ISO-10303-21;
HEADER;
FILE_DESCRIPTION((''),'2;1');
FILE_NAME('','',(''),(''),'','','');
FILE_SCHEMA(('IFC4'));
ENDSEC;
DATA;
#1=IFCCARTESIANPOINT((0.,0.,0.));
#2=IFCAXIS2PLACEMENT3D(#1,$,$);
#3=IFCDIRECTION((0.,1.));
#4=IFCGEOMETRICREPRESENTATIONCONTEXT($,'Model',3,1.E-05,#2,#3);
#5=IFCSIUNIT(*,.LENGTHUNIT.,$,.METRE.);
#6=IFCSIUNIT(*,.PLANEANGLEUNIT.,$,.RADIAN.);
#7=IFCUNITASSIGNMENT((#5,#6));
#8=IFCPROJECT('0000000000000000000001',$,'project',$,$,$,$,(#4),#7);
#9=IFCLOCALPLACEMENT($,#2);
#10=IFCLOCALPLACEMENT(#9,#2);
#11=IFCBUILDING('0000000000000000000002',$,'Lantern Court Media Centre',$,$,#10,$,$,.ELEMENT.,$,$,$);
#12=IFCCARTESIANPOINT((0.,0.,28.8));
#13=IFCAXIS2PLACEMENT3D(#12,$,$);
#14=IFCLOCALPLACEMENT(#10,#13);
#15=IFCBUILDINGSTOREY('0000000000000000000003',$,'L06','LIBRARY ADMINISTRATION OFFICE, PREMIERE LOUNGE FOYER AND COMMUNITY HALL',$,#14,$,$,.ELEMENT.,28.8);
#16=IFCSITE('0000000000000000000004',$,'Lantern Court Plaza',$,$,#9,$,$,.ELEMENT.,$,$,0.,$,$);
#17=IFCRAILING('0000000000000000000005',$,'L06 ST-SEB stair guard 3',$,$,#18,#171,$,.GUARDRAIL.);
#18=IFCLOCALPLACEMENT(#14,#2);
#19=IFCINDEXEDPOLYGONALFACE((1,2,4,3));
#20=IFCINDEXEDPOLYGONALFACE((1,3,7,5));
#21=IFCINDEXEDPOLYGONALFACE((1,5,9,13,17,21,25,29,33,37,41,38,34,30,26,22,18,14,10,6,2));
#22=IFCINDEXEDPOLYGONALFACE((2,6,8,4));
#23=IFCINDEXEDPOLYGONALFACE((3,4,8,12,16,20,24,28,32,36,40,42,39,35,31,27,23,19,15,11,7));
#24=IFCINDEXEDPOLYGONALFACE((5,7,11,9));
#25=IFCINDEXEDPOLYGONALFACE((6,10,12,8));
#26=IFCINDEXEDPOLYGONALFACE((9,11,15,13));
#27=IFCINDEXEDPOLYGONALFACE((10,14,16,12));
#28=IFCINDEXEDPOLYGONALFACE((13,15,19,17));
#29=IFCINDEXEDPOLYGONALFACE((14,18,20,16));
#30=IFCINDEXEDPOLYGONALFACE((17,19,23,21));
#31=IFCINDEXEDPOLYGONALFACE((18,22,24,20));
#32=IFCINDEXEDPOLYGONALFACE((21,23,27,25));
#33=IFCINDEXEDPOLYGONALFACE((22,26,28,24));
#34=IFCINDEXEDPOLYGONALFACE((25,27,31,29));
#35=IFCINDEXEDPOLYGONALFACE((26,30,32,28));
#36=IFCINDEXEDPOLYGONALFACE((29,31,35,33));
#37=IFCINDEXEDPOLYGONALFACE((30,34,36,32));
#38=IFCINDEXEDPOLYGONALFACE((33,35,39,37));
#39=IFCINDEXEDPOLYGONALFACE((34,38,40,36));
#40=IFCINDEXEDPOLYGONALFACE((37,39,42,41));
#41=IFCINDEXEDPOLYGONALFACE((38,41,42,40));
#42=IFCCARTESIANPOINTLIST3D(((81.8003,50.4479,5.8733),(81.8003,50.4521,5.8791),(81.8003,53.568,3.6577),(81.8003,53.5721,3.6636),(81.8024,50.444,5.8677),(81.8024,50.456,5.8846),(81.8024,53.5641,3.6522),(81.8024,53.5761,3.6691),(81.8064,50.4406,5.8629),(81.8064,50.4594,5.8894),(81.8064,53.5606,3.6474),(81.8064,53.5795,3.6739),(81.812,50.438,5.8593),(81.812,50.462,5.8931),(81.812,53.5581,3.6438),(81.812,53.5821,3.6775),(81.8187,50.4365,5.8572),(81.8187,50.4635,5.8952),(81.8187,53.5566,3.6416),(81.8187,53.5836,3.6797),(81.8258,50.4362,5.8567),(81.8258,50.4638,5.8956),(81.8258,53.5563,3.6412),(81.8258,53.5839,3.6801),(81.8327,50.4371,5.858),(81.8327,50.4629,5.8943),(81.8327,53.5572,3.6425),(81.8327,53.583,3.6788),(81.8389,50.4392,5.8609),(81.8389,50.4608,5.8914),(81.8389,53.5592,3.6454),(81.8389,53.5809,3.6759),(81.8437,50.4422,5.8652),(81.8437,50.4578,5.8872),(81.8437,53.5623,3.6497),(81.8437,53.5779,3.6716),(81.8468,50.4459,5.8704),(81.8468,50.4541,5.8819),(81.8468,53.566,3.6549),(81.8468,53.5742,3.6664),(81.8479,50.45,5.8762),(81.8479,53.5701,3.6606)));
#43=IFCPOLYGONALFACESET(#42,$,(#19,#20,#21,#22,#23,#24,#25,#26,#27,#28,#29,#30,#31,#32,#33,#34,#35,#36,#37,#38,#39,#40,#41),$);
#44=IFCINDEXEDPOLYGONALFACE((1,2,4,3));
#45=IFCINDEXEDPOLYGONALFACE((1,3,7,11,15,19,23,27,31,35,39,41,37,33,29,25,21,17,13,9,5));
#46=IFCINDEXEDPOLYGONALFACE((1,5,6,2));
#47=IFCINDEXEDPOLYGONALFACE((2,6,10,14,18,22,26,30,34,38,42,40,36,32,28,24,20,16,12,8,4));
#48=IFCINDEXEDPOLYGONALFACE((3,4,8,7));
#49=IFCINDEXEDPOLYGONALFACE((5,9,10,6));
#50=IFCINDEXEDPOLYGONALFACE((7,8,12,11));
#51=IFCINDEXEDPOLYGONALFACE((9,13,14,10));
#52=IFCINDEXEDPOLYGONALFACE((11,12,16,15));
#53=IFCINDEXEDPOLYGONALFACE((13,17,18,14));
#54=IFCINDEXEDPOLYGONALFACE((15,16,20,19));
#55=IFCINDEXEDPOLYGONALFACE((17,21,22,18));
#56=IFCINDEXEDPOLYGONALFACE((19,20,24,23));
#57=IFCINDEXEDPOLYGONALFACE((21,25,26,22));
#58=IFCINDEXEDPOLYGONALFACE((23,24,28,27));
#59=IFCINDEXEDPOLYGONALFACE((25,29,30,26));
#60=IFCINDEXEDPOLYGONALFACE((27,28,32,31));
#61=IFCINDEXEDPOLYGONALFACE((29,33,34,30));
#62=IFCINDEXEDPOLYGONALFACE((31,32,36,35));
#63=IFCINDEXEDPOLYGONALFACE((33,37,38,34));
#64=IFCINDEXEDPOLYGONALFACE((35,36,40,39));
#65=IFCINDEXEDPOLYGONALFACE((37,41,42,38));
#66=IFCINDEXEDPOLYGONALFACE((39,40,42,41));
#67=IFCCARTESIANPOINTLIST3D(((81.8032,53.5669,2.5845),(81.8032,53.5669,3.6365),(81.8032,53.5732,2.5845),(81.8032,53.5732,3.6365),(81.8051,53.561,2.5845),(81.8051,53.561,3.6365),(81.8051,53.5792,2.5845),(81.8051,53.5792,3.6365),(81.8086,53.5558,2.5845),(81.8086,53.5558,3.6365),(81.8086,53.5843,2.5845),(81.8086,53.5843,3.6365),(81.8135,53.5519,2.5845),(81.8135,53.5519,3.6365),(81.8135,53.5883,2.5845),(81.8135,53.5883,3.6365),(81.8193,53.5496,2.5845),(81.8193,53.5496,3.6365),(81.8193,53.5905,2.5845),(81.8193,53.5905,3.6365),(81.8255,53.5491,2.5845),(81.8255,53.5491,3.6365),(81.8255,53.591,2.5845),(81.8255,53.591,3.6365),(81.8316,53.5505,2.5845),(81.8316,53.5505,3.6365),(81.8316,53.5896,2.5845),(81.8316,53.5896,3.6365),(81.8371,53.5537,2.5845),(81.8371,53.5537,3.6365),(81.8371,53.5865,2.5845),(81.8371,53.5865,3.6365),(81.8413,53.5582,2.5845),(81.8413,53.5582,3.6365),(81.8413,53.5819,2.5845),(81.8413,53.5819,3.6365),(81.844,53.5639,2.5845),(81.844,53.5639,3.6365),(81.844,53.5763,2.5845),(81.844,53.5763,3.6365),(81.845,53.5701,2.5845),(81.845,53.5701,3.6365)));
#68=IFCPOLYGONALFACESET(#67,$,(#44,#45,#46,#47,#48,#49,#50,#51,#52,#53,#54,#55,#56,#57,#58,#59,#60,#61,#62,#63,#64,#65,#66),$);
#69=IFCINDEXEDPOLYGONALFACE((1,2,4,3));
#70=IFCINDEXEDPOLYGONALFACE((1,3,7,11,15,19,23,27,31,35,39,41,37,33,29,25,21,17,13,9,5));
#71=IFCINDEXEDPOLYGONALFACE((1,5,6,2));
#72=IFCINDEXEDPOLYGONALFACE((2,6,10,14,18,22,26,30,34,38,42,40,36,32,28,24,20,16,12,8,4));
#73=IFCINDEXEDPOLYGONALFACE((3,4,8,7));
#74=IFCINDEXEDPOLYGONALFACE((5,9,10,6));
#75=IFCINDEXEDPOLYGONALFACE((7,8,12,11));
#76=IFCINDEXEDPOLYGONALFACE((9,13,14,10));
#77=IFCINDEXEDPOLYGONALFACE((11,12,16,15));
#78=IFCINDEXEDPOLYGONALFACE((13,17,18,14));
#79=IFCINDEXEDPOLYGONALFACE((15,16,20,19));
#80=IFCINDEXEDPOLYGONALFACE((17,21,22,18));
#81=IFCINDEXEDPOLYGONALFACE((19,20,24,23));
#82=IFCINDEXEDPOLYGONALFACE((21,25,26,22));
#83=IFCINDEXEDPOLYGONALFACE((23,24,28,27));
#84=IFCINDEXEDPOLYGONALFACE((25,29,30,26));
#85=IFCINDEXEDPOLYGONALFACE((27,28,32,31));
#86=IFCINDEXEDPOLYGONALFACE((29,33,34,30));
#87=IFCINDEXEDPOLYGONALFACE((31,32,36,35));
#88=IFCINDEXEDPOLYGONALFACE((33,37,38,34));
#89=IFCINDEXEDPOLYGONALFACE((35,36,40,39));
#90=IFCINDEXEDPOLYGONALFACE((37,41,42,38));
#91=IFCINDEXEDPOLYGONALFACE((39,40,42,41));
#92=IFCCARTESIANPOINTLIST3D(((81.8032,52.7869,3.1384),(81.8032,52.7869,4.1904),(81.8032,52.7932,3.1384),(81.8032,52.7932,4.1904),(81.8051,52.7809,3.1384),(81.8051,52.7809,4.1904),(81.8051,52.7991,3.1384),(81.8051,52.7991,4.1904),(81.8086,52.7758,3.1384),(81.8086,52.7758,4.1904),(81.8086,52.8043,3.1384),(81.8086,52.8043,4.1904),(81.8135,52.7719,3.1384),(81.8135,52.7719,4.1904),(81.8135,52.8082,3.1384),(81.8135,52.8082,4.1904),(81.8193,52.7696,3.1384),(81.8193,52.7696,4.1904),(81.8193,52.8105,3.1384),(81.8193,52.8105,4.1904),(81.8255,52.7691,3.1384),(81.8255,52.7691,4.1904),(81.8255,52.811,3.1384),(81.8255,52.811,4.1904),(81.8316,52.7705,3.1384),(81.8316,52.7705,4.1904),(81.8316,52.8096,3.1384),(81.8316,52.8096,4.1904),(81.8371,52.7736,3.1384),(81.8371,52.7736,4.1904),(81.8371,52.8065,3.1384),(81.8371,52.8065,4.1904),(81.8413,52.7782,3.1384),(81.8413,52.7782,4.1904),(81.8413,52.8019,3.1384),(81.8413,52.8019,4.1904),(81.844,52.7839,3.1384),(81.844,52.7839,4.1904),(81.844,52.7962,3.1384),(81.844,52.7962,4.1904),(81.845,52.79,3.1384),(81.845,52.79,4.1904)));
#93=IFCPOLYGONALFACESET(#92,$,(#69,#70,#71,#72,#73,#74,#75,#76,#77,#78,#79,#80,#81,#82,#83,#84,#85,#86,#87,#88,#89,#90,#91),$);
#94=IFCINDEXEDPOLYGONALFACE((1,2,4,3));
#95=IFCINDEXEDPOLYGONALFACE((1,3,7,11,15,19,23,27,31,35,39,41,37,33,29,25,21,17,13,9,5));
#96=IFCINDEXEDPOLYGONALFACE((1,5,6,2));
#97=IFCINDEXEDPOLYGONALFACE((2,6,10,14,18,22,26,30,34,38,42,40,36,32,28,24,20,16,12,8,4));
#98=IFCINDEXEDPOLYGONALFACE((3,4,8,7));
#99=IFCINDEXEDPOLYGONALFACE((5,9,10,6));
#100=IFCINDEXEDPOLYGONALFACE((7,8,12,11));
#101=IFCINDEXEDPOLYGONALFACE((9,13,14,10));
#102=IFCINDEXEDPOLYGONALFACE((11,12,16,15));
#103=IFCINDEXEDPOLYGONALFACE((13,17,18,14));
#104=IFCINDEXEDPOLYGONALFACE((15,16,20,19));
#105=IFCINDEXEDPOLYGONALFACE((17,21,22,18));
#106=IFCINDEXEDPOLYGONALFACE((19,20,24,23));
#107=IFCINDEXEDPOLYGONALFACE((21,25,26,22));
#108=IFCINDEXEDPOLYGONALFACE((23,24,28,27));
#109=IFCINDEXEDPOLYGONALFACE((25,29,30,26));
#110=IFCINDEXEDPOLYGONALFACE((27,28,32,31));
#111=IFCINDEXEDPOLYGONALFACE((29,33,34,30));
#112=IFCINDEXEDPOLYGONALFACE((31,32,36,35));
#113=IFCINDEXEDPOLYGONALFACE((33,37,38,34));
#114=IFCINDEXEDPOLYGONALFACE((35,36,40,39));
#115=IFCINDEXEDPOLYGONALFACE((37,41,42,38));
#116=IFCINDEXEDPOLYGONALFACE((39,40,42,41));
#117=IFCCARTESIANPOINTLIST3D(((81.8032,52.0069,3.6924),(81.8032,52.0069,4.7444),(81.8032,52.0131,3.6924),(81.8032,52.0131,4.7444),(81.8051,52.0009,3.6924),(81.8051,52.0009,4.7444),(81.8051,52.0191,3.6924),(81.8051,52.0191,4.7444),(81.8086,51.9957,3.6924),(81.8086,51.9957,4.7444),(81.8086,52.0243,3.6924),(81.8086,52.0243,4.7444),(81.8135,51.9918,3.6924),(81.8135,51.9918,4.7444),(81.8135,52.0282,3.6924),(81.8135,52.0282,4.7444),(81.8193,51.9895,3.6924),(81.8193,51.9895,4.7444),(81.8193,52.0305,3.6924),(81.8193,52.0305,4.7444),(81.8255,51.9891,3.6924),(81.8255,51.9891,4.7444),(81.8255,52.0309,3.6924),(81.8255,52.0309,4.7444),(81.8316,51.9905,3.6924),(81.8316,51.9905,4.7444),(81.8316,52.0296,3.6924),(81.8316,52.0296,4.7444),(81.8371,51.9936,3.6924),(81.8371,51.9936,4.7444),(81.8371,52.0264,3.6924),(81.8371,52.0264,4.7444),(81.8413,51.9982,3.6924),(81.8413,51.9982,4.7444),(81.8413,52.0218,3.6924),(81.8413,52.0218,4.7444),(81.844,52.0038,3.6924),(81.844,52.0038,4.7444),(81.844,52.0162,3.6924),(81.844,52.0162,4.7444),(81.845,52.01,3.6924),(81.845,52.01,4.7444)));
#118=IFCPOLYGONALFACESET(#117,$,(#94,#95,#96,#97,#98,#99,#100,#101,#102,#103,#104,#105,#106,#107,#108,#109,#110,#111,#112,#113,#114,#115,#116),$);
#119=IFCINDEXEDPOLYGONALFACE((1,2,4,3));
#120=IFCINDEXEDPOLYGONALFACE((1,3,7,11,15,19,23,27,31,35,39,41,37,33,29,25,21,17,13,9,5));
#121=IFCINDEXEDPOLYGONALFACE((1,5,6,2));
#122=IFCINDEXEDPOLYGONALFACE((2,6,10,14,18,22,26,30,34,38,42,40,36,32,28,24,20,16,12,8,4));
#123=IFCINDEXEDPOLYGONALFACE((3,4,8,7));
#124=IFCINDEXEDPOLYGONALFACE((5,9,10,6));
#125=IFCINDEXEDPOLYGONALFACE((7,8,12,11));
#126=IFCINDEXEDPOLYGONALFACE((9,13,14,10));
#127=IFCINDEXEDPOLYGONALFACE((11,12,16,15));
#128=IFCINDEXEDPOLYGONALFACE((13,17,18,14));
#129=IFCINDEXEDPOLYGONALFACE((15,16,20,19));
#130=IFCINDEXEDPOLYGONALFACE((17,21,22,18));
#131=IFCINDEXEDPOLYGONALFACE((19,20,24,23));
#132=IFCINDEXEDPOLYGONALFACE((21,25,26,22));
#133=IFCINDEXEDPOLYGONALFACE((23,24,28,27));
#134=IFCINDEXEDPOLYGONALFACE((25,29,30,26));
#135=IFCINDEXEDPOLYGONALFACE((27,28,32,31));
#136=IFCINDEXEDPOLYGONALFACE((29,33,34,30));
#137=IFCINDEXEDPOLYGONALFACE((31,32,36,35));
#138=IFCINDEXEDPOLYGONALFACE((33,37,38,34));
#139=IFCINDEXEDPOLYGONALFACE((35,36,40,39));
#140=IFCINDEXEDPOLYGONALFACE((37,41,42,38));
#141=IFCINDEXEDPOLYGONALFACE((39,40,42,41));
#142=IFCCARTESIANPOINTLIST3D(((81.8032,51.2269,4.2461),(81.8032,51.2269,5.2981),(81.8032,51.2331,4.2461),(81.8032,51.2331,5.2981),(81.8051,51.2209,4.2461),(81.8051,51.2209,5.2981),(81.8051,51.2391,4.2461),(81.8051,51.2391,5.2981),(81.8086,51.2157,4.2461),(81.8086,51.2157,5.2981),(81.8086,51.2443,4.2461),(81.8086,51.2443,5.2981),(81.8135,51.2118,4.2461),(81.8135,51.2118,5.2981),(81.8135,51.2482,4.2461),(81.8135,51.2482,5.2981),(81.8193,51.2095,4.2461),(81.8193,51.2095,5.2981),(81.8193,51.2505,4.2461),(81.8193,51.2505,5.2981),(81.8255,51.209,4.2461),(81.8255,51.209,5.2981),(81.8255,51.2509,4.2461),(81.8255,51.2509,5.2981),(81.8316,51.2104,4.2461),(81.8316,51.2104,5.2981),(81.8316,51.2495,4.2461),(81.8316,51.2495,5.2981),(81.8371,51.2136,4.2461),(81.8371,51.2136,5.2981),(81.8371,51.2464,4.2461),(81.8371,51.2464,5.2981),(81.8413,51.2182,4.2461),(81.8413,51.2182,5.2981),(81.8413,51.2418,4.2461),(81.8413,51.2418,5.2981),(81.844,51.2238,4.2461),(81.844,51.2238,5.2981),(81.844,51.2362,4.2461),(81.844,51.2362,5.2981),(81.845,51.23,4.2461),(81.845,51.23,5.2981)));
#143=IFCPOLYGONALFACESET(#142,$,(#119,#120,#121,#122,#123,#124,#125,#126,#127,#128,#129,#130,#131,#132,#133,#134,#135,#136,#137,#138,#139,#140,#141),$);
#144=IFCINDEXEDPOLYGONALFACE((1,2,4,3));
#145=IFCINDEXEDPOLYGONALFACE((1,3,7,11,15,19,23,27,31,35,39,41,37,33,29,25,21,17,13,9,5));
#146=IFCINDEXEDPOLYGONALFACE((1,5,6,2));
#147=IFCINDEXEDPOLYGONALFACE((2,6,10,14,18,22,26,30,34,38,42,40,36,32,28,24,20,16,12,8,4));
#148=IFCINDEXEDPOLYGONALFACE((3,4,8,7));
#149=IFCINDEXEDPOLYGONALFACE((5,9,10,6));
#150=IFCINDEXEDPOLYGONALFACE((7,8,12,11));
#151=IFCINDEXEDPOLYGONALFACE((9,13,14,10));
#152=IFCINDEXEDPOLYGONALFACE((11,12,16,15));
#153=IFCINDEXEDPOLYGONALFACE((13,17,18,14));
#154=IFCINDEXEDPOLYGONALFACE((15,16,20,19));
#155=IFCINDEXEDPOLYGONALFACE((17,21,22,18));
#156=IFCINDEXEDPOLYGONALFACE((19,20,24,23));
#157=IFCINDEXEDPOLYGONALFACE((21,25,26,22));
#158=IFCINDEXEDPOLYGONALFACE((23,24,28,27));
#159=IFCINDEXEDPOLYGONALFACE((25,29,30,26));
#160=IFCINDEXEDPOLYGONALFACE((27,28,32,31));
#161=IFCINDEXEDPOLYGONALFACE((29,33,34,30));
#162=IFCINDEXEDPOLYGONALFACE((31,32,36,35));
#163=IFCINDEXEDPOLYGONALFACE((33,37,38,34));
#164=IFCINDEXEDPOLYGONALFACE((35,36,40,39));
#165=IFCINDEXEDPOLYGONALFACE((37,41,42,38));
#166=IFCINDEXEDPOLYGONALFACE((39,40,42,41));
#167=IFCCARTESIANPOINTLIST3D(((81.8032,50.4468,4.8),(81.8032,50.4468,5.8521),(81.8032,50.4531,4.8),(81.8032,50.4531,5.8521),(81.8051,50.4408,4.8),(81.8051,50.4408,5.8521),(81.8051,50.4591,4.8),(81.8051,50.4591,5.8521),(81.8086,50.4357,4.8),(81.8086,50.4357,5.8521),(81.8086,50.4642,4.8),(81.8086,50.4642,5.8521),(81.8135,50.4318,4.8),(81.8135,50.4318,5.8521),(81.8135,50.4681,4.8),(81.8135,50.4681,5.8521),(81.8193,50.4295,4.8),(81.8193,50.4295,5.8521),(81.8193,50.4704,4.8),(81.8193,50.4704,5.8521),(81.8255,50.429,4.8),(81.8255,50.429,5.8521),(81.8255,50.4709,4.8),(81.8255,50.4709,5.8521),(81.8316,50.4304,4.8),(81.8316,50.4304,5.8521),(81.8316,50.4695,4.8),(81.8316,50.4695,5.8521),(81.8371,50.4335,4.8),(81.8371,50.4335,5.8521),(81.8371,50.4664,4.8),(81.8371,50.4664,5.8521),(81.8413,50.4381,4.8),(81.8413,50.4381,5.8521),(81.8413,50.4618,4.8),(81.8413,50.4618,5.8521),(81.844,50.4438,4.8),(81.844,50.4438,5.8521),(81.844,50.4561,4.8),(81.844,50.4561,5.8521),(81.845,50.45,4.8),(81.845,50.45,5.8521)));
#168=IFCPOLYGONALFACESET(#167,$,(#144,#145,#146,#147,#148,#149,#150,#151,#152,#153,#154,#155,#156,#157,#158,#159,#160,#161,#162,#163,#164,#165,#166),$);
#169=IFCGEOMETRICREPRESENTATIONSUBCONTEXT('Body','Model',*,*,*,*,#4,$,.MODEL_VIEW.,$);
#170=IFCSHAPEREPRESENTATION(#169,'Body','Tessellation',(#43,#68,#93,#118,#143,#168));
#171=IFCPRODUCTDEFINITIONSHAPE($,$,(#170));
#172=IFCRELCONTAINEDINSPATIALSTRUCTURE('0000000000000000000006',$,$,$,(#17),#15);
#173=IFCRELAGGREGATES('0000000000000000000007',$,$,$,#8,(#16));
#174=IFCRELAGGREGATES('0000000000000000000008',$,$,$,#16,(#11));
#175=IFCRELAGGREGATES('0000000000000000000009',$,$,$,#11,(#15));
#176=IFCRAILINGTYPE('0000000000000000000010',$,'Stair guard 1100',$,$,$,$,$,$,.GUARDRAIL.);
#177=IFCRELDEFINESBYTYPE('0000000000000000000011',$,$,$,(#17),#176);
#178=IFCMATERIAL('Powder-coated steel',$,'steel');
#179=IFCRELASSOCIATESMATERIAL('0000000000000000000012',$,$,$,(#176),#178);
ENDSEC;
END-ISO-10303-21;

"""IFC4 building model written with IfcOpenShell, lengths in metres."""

from ifc_helpers import new_model, si_unit, direction, frame, origin, origin_2d, place, context, subcontext, project, spatial, circle, extrude, material, type_object, element, save


model = new_model("IFC4")

# Units and contexts
model_context = context("Model", 3, precision=1e-05, world=origin(), true_north=direction((0.0, 1.0)))
body_context = subcontext(model_context, "Body", "Model", "MODEL_VIEW")
ifc_project = project(units=[si_unit("LENGTHUNIT", "METRE"), si_unit("PLANEANGLEUNIT", "RADIAN")], contexts=[model_context])

# Site, building, storey
site_placement = place(None, origin())
site = spatial("IfcSite", under=ifc_project, at=site_placement, Name="Lantern Court Plaza", CompositionType="ELEMENT", RefElevation=0.0)
building_placement = place(site_placement, origin())
building = spatial("IfcBuilding", under=site, at=building_placement, Name="Lantern Court Media Centre", CompositionType="ELEMENT")
storey_placement = place(building_placement, frame((0.0, 0.0, 28.8)))
storey = spatial("IfcBuildingStorey", under=building, at=storey_placement, Name="L06", Description="LIBRARY ADMINISTRATION OFFICE, PREMIERE LOUNGE FOYER AND COMMUNITY HALL", CompositionType="ELEMENT", Elevation=28.8)

# Railing
ifc_material_1 = material(Name="Powder-coated steel", Category="steel")
railing_type_1 = type_object("IfcRailingType", Name="Stair guard 1100", PredefinedType="GUARDRAIL", material=ifc_material_1)
railing_1_placement = place(storey_placement, frame((81.824, 53.5701, 2.5845)))
element("IfcRailing", 1, at=railing_1_placement, inside=storey, type_object=railing_type_1, Name="L06 ST-SEB stair guard 3", PredefinedType="GUARDRAIL", context=body_context, shape_type="SweptSolid", body=[
    extrude(circle(Radius=0.0239, at=origin_2d()), frame((0.0, 0.0, 1.0762), z_axis=(0.0, -0.815347, 0.578973), x_axis=(1.0, 0.0, 0.0)), (0.0, 0.0, 1.0), 3.8267),
    extrude(circle(Radius=0.021, at=origin_2d()), origin(), (0.0, 0.0, 1.0), 1.052),
    extrude(circle(Radius=0.021, at=origin_2d()), frame((0.0, -0.78, 0.554)), (0.0, 0.0, 1.0), 1.052),
    extrude(circle(Radius=0.021, at=origin_2d()), frame((0.0, -1.5601, 1.1079)), (0.0, 0.0, 1.0), 1.052),
    extrude(circle(Radius=0.021, at=origin_2d()), frame((0.0, -2.3401, 1.6616)), (0.0, 0.0, 1.0), 1.052),
    extrude(circle(Radius=0.021, at=origin_2d()), frame((0.0, -3.1201, 2.2156)), (0.0, 0.0, 1.0), 1.052),
])

save(model, "model.ifc")
